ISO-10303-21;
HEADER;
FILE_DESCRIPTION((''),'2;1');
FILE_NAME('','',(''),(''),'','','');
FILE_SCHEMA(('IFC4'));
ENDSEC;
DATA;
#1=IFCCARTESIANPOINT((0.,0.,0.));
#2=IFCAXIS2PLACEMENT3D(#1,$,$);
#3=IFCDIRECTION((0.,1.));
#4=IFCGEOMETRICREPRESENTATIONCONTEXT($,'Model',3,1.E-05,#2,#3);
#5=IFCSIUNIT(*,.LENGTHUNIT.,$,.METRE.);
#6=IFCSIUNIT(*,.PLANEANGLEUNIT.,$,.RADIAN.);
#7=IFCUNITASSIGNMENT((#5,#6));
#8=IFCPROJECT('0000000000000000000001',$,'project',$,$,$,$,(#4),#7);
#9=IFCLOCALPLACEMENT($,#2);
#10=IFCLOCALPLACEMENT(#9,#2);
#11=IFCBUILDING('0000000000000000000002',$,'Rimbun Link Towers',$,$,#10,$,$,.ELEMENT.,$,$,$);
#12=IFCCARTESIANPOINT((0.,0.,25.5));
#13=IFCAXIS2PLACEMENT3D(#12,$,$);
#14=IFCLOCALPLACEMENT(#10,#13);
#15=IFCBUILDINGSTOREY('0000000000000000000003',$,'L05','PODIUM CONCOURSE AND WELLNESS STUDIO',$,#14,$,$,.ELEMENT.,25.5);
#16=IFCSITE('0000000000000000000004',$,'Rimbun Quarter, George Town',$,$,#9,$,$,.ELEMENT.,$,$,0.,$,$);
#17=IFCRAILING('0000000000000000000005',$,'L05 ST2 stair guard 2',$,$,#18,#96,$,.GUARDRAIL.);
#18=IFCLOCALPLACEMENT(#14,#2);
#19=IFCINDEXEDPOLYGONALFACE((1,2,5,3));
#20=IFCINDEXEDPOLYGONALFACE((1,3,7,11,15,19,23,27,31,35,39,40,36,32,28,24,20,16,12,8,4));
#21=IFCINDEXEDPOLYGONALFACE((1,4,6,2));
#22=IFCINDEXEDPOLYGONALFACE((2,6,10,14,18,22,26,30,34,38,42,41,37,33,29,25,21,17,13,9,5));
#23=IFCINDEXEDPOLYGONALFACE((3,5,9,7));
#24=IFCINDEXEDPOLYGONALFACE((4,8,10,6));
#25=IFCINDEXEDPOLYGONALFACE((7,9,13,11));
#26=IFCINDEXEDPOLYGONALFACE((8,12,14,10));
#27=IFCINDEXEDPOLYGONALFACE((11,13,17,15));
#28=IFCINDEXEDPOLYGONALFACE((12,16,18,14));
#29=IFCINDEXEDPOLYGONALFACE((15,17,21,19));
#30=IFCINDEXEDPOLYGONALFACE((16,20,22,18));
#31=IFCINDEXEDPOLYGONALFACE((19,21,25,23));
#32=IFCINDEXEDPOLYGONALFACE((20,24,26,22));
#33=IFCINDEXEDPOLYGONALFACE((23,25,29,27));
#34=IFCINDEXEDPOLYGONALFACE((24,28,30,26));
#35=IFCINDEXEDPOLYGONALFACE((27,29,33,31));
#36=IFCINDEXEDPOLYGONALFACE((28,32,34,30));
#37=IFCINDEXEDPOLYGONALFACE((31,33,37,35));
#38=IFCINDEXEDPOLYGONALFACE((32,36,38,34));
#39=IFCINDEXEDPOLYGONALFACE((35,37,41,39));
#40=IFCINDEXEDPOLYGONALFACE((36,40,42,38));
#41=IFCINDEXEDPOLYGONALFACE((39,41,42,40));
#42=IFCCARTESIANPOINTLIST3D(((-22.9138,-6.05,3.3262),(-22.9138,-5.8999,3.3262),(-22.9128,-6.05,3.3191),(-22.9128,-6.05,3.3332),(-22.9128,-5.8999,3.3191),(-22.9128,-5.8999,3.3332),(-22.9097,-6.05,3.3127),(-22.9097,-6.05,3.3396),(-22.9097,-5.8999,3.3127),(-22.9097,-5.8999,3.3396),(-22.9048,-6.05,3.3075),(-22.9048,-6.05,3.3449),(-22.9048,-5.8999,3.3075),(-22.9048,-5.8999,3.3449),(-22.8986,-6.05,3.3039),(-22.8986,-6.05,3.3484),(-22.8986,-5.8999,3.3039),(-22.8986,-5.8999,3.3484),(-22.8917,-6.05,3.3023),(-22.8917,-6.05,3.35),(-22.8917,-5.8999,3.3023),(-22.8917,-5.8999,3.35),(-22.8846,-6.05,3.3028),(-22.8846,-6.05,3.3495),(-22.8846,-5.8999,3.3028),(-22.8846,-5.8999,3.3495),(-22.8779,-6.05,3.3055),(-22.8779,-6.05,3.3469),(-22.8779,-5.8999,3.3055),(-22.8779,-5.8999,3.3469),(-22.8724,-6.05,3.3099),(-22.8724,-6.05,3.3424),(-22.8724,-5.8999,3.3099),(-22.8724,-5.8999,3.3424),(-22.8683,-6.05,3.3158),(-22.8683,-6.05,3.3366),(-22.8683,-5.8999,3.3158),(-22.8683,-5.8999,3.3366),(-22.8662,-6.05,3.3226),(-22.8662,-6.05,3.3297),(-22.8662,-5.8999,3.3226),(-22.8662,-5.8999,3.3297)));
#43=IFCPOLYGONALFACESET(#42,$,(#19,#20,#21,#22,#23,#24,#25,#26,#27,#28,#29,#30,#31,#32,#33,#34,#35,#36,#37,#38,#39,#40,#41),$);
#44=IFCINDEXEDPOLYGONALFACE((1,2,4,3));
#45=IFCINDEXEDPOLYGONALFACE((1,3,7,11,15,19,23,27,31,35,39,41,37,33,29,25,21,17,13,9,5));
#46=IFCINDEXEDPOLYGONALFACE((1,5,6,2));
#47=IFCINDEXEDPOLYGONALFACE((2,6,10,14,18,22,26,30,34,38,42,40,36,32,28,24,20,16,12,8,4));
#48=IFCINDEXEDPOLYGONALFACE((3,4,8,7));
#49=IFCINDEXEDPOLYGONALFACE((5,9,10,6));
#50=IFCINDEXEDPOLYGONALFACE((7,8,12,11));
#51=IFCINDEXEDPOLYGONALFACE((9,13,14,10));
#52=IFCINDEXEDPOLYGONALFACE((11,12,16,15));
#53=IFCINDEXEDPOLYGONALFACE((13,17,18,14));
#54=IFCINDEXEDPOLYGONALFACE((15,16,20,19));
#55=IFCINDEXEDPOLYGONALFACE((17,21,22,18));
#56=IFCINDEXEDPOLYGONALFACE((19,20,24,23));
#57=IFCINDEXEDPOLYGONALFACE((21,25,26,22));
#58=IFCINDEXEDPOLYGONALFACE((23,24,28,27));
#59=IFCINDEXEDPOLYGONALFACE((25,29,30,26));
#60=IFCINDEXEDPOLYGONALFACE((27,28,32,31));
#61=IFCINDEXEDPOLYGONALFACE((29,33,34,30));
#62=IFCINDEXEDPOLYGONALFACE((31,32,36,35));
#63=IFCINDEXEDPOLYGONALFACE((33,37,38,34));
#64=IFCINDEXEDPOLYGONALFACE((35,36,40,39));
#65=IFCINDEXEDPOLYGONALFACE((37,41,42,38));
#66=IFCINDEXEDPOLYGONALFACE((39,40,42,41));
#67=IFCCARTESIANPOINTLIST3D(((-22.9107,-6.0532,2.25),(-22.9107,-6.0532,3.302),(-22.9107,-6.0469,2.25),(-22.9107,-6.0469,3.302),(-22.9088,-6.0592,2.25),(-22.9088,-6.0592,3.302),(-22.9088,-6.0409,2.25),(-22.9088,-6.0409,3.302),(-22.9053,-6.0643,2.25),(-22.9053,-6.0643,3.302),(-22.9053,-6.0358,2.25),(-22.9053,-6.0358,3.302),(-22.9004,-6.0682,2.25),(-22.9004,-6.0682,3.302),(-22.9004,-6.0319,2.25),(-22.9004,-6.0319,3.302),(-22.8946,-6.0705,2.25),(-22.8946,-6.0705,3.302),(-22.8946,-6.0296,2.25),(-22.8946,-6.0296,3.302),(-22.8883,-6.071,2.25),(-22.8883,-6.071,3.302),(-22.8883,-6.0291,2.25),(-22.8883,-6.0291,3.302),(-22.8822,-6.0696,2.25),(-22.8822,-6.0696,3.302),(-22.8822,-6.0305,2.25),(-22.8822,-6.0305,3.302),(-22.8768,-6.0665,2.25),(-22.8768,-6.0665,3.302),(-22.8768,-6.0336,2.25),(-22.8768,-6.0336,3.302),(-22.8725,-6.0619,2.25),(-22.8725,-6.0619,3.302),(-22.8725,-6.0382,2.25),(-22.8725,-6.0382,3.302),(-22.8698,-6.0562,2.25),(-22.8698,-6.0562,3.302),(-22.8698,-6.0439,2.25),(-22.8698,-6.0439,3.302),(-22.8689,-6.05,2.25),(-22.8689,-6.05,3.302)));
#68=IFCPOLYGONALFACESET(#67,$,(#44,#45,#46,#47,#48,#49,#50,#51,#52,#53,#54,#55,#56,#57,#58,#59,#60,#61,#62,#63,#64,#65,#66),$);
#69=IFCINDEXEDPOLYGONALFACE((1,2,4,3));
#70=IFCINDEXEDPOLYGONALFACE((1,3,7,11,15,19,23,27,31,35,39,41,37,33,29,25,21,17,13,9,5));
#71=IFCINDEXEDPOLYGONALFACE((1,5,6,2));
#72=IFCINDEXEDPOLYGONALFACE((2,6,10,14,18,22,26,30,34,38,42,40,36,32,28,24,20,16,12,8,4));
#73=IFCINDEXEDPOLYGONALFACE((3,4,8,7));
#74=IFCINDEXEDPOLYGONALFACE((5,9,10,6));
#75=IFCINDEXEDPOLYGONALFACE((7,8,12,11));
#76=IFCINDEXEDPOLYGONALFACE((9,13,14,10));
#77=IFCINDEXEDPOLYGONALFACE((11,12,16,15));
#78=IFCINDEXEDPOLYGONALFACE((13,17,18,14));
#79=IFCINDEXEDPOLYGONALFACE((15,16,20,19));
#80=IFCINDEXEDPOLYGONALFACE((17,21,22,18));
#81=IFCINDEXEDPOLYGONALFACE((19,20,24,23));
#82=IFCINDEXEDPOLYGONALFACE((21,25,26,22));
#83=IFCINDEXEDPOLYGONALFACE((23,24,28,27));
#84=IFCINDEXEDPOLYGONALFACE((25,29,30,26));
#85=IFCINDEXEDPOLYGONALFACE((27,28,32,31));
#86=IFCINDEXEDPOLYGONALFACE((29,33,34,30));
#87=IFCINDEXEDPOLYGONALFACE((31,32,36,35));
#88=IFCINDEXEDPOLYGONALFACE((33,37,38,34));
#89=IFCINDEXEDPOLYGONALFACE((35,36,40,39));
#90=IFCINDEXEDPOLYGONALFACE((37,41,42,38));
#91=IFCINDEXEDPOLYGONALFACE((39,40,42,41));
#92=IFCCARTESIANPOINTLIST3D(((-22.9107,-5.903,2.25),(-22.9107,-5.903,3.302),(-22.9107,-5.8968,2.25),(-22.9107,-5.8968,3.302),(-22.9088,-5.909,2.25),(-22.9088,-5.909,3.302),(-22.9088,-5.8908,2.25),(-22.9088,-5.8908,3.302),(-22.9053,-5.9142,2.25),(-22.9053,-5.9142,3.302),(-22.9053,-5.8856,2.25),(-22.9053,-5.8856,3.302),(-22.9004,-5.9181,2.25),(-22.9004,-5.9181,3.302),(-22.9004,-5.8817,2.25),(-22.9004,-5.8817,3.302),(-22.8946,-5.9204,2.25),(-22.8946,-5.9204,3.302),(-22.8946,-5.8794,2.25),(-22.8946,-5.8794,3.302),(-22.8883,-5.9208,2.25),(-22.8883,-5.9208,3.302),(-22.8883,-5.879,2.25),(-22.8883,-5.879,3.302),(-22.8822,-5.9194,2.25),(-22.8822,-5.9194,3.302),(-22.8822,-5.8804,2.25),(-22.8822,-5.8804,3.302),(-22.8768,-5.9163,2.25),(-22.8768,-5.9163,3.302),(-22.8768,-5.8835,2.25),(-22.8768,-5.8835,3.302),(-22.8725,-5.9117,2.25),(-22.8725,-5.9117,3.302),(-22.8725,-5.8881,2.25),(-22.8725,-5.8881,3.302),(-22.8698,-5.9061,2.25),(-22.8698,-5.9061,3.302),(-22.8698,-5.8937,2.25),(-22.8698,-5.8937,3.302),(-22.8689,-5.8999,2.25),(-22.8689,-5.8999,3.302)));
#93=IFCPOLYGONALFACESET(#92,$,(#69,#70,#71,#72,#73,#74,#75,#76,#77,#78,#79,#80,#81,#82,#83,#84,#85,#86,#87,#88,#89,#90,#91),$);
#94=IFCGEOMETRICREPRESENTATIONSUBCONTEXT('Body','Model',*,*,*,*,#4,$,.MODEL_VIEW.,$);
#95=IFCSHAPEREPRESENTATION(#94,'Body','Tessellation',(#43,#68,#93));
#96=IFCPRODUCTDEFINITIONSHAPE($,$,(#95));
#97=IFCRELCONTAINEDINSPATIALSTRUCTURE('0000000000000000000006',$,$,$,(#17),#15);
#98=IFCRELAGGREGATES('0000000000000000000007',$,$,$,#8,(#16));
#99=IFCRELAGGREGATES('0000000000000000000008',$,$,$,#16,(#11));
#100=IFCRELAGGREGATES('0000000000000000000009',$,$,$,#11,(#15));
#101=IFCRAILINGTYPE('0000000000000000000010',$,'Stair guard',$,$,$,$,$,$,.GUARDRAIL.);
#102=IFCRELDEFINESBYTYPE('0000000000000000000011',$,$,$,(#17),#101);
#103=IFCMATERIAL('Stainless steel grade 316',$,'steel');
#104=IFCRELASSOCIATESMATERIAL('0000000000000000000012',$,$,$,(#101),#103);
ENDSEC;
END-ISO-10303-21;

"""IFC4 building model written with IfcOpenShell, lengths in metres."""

from ifc_helpers import new_model, si_unit, direction, frame, origin, origin_2d, place, context, subcontext, project, spatial, circle, extrude, material, type_object, element, save


model = new_model("IFC4")

# Units and contexts
model_context = context("Model", 3, precision=1e-05, world=origin(), true_north=direction((0.0, 1.0)))
body_context = subcontext(model_context, "Body", "Model", "MODEL_VIEW")
ifc_project = project(units=[si_unit("LENGTHUNIT", "METRE"), si_unit("PLANEANGLEUNIT", "RADIAN")], contexts=[model_context])

# Site, building, storey
site_placement = place(None, origin())
site = spatial("IfcSite", under=ifc_project, at=site_placement, Name="Rimbun Quarter, George Town", CompositionType="ELEMENT", RefElevation=0.0)
building_placement = place(site_placement, origin())
building = spatial("IfcBuilding", under=site, at=building_placement, Name="Rimbun Link Towers", CompositionType="ELEMENT")
storey_placement = place(building_placement, frame((0.0, 0.0, 25.5)))
storey = spatial("IfcBuildingStorey", under=building, at=storey_placement, Name="L05", Description="PODIUM CONCOURSE AND WELLNESS STUDIO", CompositionType="ELEMENT", Elevation=25.5)

# Railing
ifc_material_1 = material(Name="Stainless steel grade 316", Category="steel")
railing_type_1 = type_object("IfcRailingType", Name="Stair guard", PredefinedType="GUARDRAIL", material=ifc_material_1)
railing_1_placement = place(storey_placement, frame((-22.8899, -6.05, 2.25)))
element("IfcRailing", 1, at=railing_1_placement, inside=storey, type_object=railing_type_1, Name="L05 ST2 stair guard 2", PredefinedType="GUARDRAIL", context=body_context, shape_type="SweptSolid", body=[
    extrude(circle(Radius=0.0239, at=origin_2d()), frame((0.0, 0.0, 1.0762), z_axis=(0.0, 1.0, 0.0), x_axis=(-1.0, 0.0, 0.0)), (0.0, 0.0, 1.0), 0.1501),
    extrude(circle(Radius=0.021, at=origin_2d()), origin(), (0.0, 0.0, 1.0), 1.052),
    extrude(circle(Radius=0.021, at=origin_2d()), frame((0.0, 0.1501, 0.0)), (0.0, 0.0, 1.0), 1.052),
])

save(model, "model.ifc")
